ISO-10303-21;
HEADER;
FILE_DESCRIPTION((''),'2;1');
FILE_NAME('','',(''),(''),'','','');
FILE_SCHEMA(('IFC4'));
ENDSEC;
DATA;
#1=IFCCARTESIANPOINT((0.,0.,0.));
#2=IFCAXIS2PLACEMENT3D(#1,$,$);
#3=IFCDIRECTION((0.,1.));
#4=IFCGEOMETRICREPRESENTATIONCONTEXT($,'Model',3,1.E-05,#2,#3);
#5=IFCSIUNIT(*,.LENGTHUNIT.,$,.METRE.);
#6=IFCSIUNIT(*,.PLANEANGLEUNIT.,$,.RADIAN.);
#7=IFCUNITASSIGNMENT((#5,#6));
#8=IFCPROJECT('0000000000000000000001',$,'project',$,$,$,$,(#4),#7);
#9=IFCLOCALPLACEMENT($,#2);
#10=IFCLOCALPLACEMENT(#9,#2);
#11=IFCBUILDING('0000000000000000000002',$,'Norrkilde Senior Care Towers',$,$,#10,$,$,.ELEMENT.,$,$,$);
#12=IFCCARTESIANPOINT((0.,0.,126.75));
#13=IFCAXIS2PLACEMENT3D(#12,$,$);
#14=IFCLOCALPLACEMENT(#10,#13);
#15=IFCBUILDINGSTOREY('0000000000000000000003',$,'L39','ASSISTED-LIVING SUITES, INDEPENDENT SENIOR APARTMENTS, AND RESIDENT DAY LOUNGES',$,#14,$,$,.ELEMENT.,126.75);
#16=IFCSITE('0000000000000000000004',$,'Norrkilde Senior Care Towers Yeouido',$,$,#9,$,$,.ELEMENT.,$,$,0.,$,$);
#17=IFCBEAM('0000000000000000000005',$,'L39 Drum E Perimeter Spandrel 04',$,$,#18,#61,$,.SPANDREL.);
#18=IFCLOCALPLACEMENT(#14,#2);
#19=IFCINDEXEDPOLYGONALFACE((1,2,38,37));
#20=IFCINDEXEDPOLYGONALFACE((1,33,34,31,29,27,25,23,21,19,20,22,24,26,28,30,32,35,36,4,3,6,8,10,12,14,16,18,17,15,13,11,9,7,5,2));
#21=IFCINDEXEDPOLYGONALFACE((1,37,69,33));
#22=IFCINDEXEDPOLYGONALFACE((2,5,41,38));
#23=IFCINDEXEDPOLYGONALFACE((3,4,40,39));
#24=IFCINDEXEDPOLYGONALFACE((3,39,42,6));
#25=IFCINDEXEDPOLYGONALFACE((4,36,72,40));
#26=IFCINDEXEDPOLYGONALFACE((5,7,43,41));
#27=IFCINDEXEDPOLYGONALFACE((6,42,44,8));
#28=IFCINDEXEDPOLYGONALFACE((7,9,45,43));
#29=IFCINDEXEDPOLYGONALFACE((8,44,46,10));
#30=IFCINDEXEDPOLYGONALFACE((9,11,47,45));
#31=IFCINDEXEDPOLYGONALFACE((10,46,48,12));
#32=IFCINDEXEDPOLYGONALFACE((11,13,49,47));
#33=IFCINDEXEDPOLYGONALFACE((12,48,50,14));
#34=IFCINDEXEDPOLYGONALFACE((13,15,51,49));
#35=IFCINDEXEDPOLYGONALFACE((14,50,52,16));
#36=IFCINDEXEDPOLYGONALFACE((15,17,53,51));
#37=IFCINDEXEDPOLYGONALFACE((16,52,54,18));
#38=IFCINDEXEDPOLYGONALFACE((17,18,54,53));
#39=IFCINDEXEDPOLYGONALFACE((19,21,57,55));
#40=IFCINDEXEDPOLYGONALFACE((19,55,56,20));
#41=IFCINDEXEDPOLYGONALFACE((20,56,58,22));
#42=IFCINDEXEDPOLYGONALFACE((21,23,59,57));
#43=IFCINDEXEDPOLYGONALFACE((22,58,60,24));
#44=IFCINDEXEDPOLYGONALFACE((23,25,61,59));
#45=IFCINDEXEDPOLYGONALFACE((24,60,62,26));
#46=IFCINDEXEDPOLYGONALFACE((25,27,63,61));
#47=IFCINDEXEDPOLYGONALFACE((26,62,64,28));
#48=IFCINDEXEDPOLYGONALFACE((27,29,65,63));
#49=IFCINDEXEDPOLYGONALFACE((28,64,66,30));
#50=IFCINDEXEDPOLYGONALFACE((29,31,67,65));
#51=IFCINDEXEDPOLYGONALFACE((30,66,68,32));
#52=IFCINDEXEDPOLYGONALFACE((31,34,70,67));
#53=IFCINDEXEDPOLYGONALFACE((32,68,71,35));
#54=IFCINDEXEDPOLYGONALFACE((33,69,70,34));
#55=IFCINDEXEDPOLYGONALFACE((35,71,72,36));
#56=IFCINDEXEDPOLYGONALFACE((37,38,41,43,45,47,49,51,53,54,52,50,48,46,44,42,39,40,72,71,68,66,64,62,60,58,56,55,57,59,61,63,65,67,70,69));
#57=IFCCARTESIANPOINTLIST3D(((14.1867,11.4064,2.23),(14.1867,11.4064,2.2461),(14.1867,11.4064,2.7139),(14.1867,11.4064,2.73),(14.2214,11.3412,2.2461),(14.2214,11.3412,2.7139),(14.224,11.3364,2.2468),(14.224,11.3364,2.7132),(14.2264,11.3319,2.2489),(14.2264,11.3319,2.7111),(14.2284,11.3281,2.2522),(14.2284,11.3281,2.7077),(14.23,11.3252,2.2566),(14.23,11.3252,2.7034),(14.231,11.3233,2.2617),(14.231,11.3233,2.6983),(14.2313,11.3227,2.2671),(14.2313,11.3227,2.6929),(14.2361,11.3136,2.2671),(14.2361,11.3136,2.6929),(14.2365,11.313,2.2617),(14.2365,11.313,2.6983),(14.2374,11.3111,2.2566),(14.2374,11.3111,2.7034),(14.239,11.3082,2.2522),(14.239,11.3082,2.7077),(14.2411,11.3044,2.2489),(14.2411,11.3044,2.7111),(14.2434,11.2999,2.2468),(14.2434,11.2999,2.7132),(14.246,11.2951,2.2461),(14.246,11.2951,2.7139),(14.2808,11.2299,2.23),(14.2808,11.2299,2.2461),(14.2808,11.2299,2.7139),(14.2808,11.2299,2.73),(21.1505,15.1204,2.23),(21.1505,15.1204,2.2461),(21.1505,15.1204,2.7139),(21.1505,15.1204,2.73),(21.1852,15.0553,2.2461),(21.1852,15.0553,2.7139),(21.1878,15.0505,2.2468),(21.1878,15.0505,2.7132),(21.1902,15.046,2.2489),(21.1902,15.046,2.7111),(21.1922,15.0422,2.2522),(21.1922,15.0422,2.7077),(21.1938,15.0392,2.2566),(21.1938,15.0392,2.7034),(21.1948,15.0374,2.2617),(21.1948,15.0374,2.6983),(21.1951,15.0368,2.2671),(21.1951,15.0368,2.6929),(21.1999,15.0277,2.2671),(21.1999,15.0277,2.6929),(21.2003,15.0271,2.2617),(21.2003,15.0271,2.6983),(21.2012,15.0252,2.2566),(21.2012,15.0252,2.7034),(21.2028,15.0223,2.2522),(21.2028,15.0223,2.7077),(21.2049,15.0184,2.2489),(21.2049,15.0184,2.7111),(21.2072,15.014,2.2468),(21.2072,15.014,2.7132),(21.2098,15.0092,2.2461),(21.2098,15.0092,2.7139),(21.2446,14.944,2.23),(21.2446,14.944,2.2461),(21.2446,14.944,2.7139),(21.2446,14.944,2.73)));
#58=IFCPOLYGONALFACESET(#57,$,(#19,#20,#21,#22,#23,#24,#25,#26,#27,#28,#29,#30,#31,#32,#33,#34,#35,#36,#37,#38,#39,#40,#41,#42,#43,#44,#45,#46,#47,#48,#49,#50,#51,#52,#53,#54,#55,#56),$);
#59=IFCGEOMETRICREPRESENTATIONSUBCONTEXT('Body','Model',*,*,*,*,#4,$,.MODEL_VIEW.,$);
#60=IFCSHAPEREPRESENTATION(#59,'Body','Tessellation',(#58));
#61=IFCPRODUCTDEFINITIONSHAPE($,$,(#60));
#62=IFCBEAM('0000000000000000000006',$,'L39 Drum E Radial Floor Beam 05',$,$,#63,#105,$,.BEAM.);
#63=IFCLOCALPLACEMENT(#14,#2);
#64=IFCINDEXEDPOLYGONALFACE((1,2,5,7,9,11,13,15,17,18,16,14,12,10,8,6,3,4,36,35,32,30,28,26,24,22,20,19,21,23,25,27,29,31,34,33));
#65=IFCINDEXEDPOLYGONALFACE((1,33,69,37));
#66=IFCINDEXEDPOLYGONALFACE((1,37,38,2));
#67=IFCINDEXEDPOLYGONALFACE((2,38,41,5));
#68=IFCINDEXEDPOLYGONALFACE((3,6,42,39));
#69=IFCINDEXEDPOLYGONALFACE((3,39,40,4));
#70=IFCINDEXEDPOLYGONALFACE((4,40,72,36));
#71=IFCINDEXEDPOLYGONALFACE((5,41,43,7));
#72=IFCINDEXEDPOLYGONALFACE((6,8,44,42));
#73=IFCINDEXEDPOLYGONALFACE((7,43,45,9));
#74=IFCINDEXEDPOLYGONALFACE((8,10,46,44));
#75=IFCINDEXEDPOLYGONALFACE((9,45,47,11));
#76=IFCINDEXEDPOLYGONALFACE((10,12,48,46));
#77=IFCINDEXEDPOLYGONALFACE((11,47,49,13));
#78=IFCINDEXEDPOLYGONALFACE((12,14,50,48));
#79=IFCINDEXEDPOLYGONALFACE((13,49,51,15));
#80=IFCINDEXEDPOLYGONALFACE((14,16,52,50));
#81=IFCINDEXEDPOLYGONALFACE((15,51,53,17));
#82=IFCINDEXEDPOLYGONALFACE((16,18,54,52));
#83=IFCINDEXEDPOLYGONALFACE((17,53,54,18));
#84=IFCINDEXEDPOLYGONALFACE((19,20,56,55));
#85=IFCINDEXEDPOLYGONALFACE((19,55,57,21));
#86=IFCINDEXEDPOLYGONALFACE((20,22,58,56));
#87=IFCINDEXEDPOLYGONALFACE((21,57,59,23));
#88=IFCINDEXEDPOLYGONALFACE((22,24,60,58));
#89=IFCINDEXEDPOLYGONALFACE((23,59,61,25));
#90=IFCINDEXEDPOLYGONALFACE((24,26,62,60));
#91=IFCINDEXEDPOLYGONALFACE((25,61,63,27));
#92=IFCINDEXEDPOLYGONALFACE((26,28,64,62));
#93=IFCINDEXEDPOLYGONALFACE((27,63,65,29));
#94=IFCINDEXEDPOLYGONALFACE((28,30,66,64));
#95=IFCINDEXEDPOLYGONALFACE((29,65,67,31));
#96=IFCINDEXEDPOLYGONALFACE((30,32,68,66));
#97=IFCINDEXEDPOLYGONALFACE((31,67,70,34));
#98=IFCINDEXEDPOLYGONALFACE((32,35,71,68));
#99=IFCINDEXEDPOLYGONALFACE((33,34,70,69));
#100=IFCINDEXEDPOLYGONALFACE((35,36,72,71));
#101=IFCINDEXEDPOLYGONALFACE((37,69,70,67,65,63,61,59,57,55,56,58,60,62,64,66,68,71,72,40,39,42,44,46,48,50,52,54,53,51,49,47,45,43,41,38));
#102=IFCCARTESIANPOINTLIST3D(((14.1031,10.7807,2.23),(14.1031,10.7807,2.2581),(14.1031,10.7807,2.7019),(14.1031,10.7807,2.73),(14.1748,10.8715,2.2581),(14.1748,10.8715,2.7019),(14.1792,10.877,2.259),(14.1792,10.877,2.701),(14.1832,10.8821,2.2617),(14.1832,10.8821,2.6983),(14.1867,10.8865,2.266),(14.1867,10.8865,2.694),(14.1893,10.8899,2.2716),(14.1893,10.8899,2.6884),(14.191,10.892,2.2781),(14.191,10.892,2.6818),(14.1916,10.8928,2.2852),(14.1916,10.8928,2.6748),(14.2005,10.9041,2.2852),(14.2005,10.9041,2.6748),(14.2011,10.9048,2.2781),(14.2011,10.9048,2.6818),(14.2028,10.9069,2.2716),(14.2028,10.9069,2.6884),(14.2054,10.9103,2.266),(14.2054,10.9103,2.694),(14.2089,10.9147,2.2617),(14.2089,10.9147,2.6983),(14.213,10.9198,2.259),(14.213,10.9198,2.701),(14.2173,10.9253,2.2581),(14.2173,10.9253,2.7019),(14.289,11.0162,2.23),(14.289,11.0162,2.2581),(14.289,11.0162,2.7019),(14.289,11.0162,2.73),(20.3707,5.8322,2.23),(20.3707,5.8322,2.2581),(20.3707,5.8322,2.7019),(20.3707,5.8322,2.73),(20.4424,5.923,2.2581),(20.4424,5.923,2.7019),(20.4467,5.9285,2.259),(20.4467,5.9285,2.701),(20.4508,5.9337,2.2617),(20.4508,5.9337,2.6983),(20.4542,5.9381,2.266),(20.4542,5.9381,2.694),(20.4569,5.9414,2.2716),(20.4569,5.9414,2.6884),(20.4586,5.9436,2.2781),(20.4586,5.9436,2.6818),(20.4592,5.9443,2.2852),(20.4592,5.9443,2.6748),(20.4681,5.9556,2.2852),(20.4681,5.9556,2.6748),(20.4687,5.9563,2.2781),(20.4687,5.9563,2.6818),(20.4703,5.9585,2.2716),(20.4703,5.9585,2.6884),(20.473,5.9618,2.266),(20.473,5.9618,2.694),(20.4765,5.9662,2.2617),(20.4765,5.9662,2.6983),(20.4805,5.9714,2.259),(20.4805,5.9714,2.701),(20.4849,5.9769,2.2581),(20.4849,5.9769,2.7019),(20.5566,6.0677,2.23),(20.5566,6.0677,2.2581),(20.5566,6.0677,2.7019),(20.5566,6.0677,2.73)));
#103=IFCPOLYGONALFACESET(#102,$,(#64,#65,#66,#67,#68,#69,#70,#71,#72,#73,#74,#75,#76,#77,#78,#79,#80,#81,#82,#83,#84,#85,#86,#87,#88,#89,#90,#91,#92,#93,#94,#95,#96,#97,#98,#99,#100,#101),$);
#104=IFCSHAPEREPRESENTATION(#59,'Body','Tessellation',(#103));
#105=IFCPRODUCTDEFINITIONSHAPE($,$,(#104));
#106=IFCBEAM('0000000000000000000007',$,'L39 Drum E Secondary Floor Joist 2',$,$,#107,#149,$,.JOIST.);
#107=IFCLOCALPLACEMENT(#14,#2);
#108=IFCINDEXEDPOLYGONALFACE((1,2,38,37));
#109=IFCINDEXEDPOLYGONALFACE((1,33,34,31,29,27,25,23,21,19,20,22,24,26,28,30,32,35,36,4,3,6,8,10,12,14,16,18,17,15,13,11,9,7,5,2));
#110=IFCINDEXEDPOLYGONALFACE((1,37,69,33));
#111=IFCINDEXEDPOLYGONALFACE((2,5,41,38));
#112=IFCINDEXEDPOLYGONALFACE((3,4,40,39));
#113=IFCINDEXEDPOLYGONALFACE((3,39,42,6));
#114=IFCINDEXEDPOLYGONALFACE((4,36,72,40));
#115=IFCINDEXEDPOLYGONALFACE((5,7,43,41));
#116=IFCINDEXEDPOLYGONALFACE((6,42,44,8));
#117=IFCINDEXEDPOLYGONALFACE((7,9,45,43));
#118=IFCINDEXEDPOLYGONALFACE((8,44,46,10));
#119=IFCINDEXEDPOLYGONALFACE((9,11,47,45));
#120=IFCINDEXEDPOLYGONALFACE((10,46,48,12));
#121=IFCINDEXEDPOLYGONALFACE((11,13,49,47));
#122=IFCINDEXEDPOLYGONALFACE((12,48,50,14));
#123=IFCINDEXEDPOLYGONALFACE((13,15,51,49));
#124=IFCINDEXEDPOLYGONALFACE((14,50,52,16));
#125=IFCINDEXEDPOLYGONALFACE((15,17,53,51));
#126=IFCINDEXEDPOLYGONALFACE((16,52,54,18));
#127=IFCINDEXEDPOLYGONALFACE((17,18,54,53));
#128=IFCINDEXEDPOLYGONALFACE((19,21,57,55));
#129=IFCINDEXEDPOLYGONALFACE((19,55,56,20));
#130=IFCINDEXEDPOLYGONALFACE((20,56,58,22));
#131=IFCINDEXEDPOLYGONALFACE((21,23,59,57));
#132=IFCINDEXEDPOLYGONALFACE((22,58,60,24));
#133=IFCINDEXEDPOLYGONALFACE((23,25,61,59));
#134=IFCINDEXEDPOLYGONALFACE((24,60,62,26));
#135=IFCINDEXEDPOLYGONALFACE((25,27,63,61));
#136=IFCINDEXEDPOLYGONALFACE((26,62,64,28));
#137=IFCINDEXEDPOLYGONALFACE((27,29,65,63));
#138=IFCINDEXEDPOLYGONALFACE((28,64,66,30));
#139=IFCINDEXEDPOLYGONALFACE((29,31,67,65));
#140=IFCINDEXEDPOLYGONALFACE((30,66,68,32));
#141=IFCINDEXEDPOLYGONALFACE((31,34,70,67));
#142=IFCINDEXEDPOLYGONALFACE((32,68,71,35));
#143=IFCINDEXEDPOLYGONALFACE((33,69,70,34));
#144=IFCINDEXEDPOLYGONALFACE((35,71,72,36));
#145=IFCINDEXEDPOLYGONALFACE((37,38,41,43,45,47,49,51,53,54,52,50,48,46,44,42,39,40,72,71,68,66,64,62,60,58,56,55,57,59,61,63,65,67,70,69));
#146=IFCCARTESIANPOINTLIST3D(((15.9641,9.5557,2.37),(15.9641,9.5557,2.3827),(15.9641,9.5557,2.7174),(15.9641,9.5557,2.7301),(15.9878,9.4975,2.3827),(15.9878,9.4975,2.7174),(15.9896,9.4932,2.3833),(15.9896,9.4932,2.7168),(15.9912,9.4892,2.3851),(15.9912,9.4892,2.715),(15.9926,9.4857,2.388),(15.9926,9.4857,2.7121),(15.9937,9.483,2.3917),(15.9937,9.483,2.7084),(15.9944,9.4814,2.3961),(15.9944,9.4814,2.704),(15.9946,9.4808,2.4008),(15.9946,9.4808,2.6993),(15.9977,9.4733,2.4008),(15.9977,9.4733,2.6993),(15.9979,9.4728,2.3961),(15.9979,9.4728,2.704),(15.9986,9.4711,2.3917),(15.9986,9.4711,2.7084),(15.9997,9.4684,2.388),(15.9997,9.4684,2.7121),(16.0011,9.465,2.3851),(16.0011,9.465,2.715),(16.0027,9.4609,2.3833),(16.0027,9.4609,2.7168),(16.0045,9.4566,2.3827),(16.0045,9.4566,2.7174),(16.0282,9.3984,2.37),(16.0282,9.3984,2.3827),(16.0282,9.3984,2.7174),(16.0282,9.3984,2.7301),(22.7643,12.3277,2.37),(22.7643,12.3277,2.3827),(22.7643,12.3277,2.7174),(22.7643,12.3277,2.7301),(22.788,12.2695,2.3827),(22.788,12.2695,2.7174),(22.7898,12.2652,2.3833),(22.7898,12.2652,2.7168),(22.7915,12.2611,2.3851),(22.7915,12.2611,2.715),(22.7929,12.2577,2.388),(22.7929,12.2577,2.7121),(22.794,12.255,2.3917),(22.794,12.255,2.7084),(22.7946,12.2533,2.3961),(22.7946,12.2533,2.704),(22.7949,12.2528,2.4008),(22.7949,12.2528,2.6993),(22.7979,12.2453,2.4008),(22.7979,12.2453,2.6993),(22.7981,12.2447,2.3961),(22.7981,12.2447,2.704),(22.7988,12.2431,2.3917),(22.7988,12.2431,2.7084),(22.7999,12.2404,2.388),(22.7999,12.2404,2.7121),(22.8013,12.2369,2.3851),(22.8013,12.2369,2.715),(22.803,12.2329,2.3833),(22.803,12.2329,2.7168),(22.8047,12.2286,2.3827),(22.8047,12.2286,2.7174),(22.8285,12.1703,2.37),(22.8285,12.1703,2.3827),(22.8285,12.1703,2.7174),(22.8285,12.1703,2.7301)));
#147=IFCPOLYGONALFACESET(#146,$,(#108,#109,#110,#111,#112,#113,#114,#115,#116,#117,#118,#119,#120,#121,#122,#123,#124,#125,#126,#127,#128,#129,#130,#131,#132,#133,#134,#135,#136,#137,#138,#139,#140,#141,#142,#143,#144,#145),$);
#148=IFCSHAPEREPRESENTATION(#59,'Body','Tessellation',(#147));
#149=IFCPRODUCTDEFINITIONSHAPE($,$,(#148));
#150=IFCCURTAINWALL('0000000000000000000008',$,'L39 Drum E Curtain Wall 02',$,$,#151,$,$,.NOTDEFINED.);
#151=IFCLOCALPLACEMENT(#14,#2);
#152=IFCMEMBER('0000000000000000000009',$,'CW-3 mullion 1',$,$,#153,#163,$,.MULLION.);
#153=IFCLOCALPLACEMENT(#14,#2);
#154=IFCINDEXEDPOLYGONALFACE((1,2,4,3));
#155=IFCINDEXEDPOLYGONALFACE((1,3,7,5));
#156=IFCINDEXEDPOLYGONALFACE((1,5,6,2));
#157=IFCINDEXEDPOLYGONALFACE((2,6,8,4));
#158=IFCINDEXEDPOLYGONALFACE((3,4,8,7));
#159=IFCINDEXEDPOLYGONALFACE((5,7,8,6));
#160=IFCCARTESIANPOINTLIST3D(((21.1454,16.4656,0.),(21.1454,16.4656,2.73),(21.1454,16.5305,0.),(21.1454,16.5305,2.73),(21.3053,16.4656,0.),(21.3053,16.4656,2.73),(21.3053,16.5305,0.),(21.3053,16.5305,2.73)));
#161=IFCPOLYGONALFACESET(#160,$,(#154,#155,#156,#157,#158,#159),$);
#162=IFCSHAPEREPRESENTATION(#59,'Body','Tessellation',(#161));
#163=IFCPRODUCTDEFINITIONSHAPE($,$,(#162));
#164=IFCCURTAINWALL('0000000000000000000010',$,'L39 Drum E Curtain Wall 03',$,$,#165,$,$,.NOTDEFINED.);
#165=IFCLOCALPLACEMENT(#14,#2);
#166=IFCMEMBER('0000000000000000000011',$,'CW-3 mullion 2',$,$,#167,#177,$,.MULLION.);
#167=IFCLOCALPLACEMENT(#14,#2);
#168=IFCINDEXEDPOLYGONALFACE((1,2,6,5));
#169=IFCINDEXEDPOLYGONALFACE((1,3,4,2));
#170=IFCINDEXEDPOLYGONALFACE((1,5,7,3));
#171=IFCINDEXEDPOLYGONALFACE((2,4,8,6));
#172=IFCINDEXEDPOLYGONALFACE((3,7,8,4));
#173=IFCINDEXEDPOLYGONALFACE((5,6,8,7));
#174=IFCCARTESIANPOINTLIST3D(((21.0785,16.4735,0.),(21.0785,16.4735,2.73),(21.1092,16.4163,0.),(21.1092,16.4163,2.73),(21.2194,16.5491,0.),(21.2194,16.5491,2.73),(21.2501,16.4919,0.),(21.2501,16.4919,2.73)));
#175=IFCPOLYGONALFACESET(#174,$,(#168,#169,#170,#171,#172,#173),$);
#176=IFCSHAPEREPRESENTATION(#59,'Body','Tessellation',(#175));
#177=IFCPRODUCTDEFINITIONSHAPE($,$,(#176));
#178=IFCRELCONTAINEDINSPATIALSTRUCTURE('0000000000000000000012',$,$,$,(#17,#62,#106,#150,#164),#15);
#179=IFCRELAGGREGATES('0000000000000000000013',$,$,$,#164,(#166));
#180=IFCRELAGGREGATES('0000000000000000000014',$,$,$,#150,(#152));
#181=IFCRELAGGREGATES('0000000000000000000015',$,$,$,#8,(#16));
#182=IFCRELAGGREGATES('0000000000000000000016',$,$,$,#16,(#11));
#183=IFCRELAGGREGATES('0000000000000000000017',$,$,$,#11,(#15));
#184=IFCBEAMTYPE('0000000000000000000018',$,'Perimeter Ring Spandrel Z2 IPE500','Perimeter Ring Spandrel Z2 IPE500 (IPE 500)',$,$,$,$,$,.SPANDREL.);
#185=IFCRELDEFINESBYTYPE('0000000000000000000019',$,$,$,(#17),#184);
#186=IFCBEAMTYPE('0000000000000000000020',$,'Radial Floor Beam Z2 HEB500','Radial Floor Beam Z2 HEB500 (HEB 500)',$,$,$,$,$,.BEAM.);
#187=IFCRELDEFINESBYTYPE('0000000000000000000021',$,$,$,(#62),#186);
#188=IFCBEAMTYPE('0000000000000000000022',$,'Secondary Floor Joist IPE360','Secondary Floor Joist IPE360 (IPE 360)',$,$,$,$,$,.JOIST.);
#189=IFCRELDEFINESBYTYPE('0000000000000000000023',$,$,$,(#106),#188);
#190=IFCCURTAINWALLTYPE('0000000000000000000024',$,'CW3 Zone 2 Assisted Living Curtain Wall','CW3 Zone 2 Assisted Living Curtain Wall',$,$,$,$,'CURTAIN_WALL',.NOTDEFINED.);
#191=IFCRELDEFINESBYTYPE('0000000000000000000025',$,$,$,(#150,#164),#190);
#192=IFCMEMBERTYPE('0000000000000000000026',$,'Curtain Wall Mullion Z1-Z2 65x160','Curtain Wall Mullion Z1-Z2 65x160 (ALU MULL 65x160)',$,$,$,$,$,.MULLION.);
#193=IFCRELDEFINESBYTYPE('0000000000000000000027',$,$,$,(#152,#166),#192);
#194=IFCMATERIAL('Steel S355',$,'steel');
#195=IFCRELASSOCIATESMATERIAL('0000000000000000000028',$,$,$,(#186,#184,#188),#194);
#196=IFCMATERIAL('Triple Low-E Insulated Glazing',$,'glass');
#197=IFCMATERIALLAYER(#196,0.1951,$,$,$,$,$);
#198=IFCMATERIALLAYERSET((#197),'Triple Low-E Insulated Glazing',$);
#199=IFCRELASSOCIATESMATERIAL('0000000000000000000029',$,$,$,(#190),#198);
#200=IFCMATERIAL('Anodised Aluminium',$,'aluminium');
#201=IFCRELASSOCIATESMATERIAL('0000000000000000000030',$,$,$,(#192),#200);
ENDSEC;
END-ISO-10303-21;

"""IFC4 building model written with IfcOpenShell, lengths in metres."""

from ifc_helpers import new_model, si_unit, direction, frame, origin, origin_2d, place, context, subcontext, project, spatial, rectangle, i_section, extrude, source, transform, mapped, material, layer, layer_set, material_profile, profile_set, type_object, type_shapes, element, aggregate, save


model = new_model("IFC4")

# Units and contexts
model_context = context("Model", 3, precision=1e-05, world=origin(), true_north=direction((0.0, 1.0)))
body_context = subcontext(model_context, "Body", "Model", "MODEL_VIEW")
ifc_project = project(units=[si_unit("LENGTHUNIT", "METRE"), si_unit("PLANEANGLEUNIT", "RADIAN")], contexts=[model_context])

# Site, building, storey
site_placement = place(None, origin())
site = spatial("IfcSite", under=ifc_project, at=site_placement, Name="Norrkilde Senior Care Towers Yeouido", CompositionType="ELEMENT", RefElevation=0.0)
building_placement = place(site_placement, origin())
building = spatial("IfcBuilding", under=site, at=building_placement, Name="Norrkilde Senior Care Towers", CompositionType="ELEMENT")
storey_placement = place(building_placement, frame((0.0, 0.0, 126.75)))
storey = spatial("IfcBuildingStorey", under=building, at=storey_placement, Name="L39", Description="ASSISTED-LIVING SUITES, INDEPENDENT SENIOR APARTMENTS, AND RESIDENT DAY LOUNGES", CompositionType="ELEMENT", Elevation=126.75)

# Beams
ifc_material_1 = material(Name="Steel S355", Category="steel")
ifc_material_profile_1 = material_profile(ifc_material_1, i_section(OverallWidth=0.3, OverallDepth=0.5, WebThickness=0.0144, FlangeThickness=0.0281, FilletRadius=0.0271, at=origin_2d()), Name="HEB 500")
ifc_profile_set_1 = profile_set([ifc_material_profile_1], Name="Steel S355")
beam_type_1 = type_object("IfcBeamType", Name="Radial Floor Beam Z2 HEB500", Description="Radial Floor Beam Z2 HEB500 (HEB 500)", PredefinedType="BEAM", material=ifc_profile_set_1)
ifc_material_profile_2 = material_profile(ifc_material_1, i_section(OverallWidth=0.2, OverallDepth=0.5, WebThickness=0.0103, FlangeThickness=0.0161, FilletRadius=0.021, at=origin_2d()), Name="IPE 500")
ifc_profile_set_2 = profile_set([ifc_material_profile_2], Name="Steel S355")
beam_type_2 = type_object("IfcBeamType", Name="Perimeter Ring Spandrel Z2 IPE500", Description="Perimeter Ring Spandrel Z2 IPE500 (IPE 500)", PredefinedType="SPANDREL", material=ifc_profile_set_2)
shared_shape_1 = source(origin(), body_context, "Body", "SweptSolid", [
    extrude(i_section(OverallWidth=0.2, OverallDepth=0.5, WebThickness=0.0103, FlangeThickness=0.0161, FilletRadius=0.021, at=origin_2d()), origin(), (0.0, 0.0, 1.0), 7.8923),
])
type_shapes(beam_type_2, [shared_shape_1])
beam_1_placement = place(storey_placement, frame((21.1975, 15.0322, 2.48), z_axis=(-0.88235, -0.470593, 0.0), x_axis=(0.470593, -0.88235, 0.0)))
element("IfcBeam", 1, at=beam_1_placement, inside=storey, type_object=beam_type_2, Name="L39 Drum E Perimeter Spandrel 04", PredefinedType="SPANDREL", context=body_context, shape_type="MappedRepresentation", body=[
    mapped(shared_shape_1, transform((0.0, 0.0, 0.0), x_axis=(1.0, 0.0, 0.0), y_axis=(0.0, 1.0, 0.0), z_axis=(0.0, 0.0, 1.0), scale=1.0)),
])
shared_shape_2 = source(origin(), body_context, "Body", "SweptSolid", [
    extrude(i_section(OverallWidth=0.3, OverallDepth=0.5, WebThickness=0.0144, FlangeThickness=0.0281, FilletRadius=0.0271, at=origin_2d()), origin(), (0.0, 0.0, 1.0), 7.9856),
])
beam_2_placement = place(storey_placement, frame((20.4636, 5.95, 2.48), z_axis=(-0.784859, 0.619675, 0.0), x_axis=(-0.619675, -0.784859, 0.0)))
element("IfcBeam", 2, at=beam_2_placement, inside=storey, type_object=beam_type_1, Name="L39 Drum E Radial Floor Beam 05", PredefinedType="BEAM", context=body_context, shape_type="MappedRepresentation", body=[
    mapped(shared_shape_2, transform((0.0, 0.0, 0.0), x_axis=(1.0, 0.0, 0.0), y_axis=(0.0, 1.0, 0.0), z_axis=(0.0, 0.0, 1.0), scale=1.0)),
])
ifc_material_profile_3 = material_profile(ifc_material_1, i_section(OverallWidth=0.1699, OverallDepth=0.3601, WebThickness=0.0081, FlangeThickness=0.0127, FilletRadius=0.0181, at=origin_2d()), Name="IPE 360")
ifc_profile_set_3 = profile_set([ifc_material_profile_3], Name="Steel S355")
beam_type_3 = type_object("IfcBeamType", Name="Secondary Floor Joist IPE360", Description="Secondary Floor Joist IPE360 (IPE 360)", PredefinedType="JOIST", material=ifc_profile_set_3)
shared_shape_3 = source(origin(), body_context, "Body", "SweptSolid", [
    extrude(i_section(OverallWidth=0.1699, OverallDepth=0.3601, WebThickness=0.0081, FlangeThickness=0.0127, FilletRadius=0.0181, at=origin_2d()), origin(), (0.0, 0.0, 1.0), 7.3435),
])
type_shapes(beam_type_3, [shared_shape_3])
beam_3_placement = place(storey_placement, frame((22.7964, 12.249, 2.55), z_axis=(-0.926022, -0.37747, 0.0), x_axis=(0.37747, -0.926022, 0.0)))
element("IfcBeam", 3, at=beam_3_placement, inside=storey, type_object=beam_type_3, Name="L39 Drum E Secondary Floor Joist 2", PredefinedType="JOIST", context=body_context, shape_type="MappedRepresentation", body=[
    mapped(shared_shape_3, transform((0.0, 0.0, 0.0), x_axis=(1.0, 0.0, 0.0), y_axis=(0.0, 1.0, 0.0), z_axis=(0.0, 0.0, 1.0), scale=1.0)),
])

# Curtain walls, members
ifc_material_2 = material(Name="Triple Low-E Insulated Glazing", Category="glass")
ifc_layer_1 = layer(ifc_material_2, 0.1951)
ifc_layer_set_1 = layer_set([ifc_layer_1], Name="Triple Low-E Insulated Glazing")
curtain_wall_type = type_object("IfcCurtainWallType", Name="CW3 Zone 2 Assisted Living Curtain Wall", Description="CW3 Zone 2 Assisted Living Curtain Wall", ElementType="CURTAIN_WALL", PredefinedType="NOTDEFINED", material=ifc_layer_set_1)
curtain_wall_1_placement = place(storey_placement, origin())
curtain_wall_1 = element("IfcCurtainWall", 4, at=curtain_wall_1_placement, inside=storey, type_object=curtain_wall_type, Name="L39 Drum E Curtain Wall 02", PredefinedType="NOTDEFINED")
ifc_material_3 = material(Name="Anodised Aluminium", Category="aluminium")
ifc_material_profile_4 = material_profile(ifc_material_3, rectangle(XDim=0.0649, YDim=0.1599, at=origin_2d()), Name="ALU MULL 65x160")
ifc_profile_set_4 = profile_set([ifc_material_profile_4], Name="Anodised Aluminium")
member_type_1 = type_object("IfcMemberType", Name="Curtain Wall Mullion Z1-Z2 65x160", Description="Curtain Wall Mullion Z1-Z2 65x160 (ALU MULL 65x160)", PredefinedType="MULLION", material=ifc_profile_set_4)
shared_shape_4 = source(origin(), body_context, "Body", "SweptSolid", [
    extrude(rectangle(XDim=0.0649, YDim=0.1599, at=origin_2d()), origin(), (0.0, 0.0, 1.0), 2.73),
])
type_shapes(member_type_1, [shared_shape_4])
member_1_placement = place(storey_placement, frame((21.2253, 16.498, 0.0), z_axis=(0.0, 0.0, 1.0), x_axis=(0.0, 1.0, 0.0)))
member_1 = element("IfcMember", 5, at=member_1_placement, type_object=member_type_1, Name="CW-3 mullion 1", PredefinedType="MULLION", context=body_context, shape_type="MappedRepresentation", body=[
    mapped(shared_shape_4, transform((0.0, 0.0, 0.0), x_axis=(1.0, 0.0, 0.0), y_axis=(0.0, 1.0, 0.0), z_axis=(0.0, 0.0, 1.0), scale=1.0)),
])
curtain_wall_2_placement = place(storey_placement, origin())
curtain_wall_2 = element("IfcCurtainWall", 6, at=curtain_wall_2_placement, inside=storey, type_object=curtain_wall_type, Name="L39 Drum E Curtain Wall 03", PredefinedType="NOTDEFINED")
member_2_placement = place(storey_placement, frame((21.1643, 16.4827, 0.0), z_axis=(0.0, 0.0, 1.0), x_axis=(-0.472769, 0.881186, 0.0)))
member_2 = element("IfcMember", 7, at=member_2_placement, type_object=member_type_1, Name="CW-3 mullion 2", PredefinedType="MULLION", context=body_context, shape_type="MappedRepresentation", body=[
    mapped(shared_shape_4, transform((0.0, 0.0, 0.0), x_axis=(1.0, 0.0, 0.0), y_axis=(0.0, 1.0, 0.0), z_axis=(0.0, 0.0, 1.0), scale=1.0)),
])
aggregate(curtain_wall_2, [member_2])

aggregate(curtain_wall_1, [member_1])

save(model, "model.ifc")
